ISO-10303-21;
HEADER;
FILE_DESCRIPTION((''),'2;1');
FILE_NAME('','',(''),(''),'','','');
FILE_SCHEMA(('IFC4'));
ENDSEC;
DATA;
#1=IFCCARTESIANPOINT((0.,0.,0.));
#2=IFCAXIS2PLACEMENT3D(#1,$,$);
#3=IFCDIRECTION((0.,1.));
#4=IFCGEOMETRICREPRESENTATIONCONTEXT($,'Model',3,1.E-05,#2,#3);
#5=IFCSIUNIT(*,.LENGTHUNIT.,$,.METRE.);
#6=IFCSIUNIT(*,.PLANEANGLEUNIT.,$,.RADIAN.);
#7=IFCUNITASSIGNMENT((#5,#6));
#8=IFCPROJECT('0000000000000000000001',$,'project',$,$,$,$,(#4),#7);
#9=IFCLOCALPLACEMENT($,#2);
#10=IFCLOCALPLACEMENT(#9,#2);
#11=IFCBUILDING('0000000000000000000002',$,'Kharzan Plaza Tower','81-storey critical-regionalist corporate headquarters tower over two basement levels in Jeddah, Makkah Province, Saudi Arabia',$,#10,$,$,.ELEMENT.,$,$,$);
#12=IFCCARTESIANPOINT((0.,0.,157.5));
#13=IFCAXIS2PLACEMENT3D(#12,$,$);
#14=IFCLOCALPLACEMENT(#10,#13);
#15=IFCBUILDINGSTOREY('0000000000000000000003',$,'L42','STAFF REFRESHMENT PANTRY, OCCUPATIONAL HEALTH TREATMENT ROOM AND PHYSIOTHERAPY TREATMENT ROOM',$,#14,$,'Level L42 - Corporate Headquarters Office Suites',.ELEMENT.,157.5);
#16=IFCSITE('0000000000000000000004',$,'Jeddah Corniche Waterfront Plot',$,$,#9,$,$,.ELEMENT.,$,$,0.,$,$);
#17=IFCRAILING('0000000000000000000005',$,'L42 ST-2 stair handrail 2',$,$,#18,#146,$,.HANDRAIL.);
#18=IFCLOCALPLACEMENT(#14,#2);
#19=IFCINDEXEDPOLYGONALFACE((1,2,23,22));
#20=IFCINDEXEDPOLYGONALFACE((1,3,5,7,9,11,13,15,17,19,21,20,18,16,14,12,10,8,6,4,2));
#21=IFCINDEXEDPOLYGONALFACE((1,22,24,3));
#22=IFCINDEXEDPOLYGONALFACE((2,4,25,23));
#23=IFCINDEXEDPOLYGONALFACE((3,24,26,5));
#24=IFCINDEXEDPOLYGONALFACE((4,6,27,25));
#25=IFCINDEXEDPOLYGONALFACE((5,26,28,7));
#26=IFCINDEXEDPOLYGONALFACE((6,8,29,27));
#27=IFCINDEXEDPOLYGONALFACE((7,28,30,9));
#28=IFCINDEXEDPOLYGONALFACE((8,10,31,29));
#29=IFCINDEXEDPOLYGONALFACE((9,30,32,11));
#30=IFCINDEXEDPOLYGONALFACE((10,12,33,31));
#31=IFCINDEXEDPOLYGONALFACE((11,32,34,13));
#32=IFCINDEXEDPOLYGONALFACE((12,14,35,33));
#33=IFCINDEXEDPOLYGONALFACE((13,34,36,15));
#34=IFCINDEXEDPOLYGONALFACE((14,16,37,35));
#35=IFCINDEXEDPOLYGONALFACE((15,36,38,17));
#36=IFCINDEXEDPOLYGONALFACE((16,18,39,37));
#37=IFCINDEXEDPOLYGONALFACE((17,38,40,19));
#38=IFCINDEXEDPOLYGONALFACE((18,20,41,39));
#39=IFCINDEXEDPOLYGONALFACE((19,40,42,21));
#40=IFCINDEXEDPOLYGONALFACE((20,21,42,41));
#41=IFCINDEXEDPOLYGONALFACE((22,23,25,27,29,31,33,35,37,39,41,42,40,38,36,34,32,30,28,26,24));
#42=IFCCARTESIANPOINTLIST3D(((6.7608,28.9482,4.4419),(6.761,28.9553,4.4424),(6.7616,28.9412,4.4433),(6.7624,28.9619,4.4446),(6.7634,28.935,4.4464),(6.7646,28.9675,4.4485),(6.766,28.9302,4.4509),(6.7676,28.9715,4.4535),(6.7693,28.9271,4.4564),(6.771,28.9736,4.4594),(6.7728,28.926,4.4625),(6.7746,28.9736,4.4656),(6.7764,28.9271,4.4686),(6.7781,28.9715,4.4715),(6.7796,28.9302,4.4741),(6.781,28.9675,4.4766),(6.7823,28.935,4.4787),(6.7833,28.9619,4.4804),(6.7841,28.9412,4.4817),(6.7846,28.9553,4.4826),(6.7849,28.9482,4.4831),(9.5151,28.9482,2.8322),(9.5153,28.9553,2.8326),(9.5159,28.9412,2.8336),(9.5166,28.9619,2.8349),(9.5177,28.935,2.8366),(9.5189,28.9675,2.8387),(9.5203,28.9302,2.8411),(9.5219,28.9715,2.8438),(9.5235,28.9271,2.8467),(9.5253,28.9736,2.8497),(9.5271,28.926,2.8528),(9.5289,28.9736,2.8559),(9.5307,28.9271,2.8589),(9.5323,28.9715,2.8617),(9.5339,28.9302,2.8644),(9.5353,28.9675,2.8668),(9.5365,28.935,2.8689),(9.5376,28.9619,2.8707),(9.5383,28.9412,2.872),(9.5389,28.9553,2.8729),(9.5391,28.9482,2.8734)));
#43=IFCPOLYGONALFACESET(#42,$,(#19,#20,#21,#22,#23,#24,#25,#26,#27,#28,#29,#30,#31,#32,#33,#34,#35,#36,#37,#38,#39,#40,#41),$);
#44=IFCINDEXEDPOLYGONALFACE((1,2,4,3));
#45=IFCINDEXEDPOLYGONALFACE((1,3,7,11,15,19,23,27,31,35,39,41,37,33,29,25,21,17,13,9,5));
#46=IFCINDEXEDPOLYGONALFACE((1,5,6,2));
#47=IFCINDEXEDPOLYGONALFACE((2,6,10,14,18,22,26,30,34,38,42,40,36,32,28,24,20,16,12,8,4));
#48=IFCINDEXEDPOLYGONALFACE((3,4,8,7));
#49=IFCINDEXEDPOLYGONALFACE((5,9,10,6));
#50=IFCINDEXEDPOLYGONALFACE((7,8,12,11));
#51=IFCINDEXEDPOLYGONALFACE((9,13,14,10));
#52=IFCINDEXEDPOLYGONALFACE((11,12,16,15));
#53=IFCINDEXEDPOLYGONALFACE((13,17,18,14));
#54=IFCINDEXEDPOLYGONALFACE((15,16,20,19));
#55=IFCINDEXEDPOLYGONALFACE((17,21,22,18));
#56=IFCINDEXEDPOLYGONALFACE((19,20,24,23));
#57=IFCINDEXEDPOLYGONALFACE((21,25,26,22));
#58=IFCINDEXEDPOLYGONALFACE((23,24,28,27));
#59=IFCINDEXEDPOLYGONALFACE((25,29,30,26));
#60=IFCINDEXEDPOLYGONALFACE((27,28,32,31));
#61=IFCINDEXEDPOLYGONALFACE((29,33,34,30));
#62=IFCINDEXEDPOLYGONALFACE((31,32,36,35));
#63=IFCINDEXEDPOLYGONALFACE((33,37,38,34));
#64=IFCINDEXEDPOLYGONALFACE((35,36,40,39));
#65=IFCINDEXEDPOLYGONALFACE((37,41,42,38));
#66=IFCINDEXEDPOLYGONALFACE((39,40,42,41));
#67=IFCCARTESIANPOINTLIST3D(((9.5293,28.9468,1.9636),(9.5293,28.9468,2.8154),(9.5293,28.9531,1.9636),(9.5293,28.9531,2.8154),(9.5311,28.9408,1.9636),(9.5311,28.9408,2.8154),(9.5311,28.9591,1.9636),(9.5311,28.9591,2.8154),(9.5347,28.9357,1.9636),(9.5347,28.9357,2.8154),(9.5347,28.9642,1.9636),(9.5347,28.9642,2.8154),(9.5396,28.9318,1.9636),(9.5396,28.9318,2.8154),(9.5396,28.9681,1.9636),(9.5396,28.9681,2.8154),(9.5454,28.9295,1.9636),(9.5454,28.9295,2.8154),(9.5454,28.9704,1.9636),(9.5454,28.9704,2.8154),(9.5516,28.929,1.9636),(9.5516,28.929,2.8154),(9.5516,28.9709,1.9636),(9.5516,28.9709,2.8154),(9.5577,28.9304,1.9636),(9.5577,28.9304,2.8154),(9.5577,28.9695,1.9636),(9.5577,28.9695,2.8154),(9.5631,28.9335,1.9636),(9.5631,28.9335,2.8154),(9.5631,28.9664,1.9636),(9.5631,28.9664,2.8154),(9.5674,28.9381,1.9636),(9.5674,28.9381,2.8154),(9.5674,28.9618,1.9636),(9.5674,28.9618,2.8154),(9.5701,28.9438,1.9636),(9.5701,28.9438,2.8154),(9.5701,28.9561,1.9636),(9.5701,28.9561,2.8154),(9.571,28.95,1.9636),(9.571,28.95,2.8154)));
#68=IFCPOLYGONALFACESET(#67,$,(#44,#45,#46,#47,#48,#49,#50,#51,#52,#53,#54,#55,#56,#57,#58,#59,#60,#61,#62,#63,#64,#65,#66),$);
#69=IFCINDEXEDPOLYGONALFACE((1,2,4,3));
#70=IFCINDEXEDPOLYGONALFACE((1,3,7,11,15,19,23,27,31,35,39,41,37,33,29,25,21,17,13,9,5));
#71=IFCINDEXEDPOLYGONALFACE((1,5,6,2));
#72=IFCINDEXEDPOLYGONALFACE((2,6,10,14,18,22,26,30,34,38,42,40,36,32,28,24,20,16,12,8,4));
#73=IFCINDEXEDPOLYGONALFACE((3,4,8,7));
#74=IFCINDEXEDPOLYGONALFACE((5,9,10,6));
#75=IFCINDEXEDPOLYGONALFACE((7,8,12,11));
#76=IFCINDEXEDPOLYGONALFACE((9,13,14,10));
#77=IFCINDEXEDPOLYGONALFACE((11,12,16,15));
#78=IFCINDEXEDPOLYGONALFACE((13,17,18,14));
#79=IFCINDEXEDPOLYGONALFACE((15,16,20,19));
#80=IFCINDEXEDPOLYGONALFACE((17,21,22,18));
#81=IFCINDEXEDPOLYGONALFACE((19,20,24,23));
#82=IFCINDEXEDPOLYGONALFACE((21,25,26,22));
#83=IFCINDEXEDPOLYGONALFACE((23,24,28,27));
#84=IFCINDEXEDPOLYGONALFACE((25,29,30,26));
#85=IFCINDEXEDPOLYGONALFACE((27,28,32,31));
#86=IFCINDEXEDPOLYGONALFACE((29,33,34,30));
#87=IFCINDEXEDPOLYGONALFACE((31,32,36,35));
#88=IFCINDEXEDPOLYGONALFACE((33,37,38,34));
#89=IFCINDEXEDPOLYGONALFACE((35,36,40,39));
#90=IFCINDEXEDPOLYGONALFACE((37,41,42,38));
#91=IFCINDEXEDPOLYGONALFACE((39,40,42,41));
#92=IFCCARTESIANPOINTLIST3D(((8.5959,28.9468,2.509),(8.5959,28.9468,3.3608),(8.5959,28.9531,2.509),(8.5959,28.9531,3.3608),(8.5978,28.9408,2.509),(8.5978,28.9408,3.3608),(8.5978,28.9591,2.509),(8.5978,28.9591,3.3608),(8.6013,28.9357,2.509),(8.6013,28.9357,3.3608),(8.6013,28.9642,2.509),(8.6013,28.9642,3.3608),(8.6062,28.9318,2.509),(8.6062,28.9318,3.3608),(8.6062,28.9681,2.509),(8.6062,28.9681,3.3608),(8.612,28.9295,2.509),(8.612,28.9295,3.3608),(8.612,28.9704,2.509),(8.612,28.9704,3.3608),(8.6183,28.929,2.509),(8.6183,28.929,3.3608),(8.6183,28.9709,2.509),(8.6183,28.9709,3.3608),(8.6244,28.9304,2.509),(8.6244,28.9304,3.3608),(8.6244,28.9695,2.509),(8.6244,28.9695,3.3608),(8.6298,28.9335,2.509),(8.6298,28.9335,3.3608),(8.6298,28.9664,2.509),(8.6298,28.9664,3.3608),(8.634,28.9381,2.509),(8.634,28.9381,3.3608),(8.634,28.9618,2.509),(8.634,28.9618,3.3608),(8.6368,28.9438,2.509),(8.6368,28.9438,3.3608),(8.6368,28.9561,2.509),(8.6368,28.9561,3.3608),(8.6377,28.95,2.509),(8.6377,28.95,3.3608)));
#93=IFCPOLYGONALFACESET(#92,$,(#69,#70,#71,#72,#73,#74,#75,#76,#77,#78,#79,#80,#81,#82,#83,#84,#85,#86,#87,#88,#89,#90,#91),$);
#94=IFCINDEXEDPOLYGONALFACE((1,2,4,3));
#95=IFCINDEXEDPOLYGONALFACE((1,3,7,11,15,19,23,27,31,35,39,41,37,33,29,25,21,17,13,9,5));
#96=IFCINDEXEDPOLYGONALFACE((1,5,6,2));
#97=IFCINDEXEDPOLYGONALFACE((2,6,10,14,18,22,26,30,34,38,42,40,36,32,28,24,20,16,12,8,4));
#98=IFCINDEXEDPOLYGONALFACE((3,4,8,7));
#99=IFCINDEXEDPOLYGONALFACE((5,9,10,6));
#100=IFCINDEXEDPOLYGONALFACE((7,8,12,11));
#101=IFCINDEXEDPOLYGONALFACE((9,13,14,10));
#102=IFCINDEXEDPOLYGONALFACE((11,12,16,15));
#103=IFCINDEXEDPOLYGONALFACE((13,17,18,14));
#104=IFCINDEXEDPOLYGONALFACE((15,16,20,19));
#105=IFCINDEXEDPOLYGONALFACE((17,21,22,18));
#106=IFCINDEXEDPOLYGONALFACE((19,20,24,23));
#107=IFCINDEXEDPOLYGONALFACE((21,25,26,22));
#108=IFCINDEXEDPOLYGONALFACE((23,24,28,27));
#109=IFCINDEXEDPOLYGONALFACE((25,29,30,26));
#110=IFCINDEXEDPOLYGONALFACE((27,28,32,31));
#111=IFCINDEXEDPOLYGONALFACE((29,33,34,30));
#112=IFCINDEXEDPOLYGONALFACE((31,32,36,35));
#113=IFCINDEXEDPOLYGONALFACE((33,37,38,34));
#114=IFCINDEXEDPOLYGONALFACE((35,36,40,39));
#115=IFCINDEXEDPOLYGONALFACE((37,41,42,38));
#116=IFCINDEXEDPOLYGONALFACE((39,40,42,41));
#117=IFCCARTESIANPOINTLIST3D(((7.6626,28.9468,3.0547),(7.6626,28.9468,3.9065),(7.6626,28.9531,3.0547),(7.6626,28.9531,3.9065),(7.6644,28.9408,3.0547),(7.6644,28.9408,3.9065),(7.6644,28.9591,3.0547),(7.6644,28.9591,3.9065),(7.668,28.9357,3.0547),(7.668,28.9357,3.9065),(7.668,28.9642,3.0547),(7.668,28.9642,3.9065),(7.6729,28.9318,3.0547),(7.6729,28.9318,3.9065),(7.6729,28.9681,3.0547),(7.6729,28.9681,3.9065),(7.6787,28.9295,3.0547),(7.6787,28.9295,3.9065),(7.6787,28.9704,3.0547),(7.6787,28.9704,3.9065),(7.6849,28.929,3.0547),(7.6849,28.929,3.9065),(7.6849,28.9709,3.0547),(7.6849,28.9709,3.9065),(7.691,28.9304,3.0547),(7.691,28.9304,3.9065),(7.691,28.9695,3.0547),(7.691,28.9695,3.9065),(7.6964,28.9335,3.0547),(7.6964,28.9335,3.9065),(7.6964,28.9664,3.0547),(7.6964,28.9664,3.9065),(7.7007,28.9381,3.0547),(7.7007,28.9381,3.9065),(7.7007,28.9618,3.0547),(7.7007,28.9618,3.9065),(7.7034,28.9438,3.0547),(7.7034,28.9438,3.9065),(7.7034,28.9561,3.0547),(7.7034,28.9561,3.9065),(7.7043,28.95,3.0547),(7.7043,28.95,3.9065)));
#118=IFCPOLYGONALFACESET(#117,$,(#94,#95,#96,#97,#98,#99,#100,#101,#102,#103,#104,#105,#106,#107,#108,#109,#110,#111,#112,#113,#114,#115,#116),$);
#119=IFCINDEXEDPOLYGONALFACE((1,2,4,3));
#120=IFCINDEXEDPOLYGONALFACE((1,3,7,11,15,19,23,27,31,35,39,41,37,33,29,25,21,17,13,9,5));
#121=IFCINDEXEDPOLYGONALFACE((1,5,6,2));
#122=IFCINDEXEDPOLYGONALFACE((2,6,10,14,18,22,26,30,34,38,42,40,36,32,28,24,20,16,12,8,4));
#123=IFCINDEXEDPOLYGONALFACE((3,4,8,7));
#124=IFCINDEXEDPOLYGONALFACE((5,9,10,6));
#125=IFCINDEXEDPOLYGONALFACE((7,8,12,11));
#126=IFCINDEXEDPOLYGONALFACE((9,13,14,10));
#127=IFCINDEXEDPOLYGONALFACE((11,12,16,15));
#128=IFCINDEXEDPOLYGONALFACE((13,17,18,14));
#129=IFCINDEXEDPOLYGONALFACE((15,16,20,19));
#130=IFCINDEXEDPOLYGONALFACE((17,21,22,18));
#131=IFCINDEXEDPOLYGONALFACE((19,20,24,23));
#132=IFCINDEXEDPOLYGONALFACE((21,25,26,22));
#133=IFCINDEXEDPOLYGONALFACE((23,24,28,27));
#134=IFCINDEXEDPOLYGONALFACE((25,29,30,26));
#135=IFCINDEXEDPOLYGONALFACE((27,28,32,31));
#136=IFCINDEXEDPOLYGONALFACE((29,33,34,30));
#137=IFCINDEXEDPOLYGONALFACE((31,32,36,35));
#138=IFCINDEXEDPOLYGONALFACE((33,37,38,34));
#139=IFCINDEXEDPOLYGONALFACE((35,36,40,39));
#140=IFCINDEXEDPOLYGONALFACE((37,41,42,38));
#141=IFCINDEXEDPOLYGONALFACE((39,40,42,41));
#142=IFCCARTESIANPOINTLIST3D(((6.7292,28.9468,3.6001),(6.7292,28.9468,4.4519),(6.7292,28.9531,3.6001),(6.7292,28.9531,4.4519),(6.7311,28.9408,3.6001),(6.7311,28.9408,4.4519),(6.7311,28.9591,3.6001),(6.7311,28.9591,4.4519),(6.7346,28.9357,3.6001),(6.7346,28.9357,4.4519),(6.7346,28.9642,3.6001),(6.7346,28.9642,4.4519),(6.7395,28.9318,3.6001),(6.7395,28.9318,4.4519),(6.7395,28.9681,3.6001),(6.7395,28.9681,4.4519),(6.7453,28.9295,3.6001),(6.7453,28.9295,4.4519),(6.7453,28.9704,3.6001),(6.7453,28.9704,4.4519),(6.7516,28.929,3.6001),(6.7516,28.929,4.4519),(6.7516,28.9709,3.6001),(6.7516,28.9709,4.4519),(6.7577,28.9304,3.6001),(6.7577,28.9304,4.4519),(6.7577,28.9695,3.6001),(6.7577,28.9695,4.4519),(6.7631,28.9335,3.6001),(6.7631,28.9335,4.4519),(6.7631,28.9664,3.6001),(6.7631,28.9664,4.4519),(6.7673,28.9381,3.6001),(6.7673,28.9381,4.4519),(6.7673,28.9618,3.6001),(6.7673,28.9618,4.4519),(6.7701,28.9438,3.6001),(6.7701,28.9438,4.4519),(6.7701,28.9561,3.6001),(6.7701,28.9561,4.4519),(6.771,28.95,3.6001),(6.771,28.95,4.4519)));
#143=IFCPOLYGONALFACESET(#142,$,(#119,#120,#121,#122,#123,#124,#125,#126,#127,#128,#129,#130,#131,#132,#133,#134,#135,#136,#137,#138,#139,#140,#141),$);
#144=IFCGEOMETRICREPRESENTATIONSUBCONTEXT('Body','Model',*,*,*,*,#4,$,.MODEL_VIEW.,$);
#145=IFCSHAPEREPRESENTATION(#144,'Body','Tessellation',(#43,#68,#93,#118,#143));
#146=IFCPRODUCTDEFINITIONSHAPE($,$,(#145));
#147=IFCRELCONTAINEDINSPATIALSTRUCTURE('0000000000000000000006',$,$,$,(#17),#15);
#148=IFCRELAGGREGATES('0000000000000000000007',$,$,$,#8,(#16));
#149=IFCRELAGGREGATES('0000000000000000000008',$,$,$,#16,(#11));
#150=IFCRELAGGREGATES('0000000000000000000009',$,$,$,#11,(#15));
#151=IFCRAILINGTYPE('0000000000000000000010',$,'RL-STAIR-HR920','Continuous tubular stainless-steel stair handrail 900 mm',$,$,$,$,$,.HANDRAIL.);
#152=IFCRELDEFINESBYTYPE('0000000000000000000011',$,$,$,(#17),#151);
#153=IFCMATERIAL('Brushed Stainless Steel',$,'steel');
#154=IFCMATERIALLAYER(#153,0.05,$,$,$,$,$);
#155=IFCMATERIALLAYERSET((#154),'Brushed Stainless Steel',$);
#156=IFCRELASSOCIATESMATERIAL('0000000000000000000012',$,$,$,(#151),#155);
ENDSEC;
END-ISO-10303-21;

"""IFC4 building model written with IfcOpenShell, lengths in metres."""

from ifc_helpers import new_model, si_unit, direction, frame, origin, origin_2d, place, context, subcontext, project, spatial, circle, extrude, source, transform, mapped, material, layer, layer_set, type_object, element, save


model = new_model("IFC4")

# Units and contexts
model_context = context("Model", 3, precision=1e-05, world=origin(), true_north=direction((0.0, 1.0)))
body_context = subcontext(model_context, "Body", "Model", "MODEL_VIEW")
ifc_project = project(units=[si_unit("LENGTHUNIT", "METRE"), si_unit("PLANEANGLEUNIT", "RADIAN")], contexts=[model_context])

# Site, building, storey
site_placement = place(None, origin())
site = spatial("IfcSite", under=ifc_project, at=site_placement, Name="Jeddah Corniche Waterfront Plot", CompositionType="ELEMENT", RefElevation=0.0)
building_placement = place(site_placement, origin())
building = spatial("IfcBuilding", under=site, at=building_placement, Name="Kharzan Plaza Tower", Description="81-storey critical-regionalist corporate headquarters tower over two basement levels in Jeddah, Makkah Province, Saudi Arabia", CompositionType="ELEMENT")
storey_placement = place(building_placement, frame((0.0, 0.0, 157.5)))
storey = spatial("IfcBuildingStorey", under=building, at=storey_placement, Name="L42", Description="STAFF REFRESHMENT PANTRY, OCCUPATIONAL HEALTH TREATMENT ROOM AND PHYSIOTHERAPY TREATMENT ROOM", LongName="Level L42 - Corporate Headquarters Office Suites", CompositionType="ELEMENT", Elevation=157.5)

# Shared definitions
ifc_material_1 = material(Name="Brushed Stainless Steel", Category="steel")

# Railing
ifc_layer_1 = layer(ifc_material_1, 0.05)
ifc_layer_set_1 = layer_set([ifc_layer_1], Name="Brushed Stainless Steel")
railing_type_1 = type_object("IfcRailingType", Name="RL-STAIR-HR920", Description="Continuous tubular stainless-steel stair handrail 900 mm", PredefinedType="HANDRAIL", material=ifc_layer_set_1)
shared_shape_1 = source(origin(), body_context, "Body", "SweptSolid", [
    extrude(circle(Radius=0.0239, at=origin_2d()), frame((-0.0229, 0.0, 0.8892), z_axis=(-0.863361, 0.0, 0.504587), x_axis=(0.0, -1.0, 0.0)), (0.0, 0.0, 1.0), 3.1902),
    extrude(circle(Radius=0.021, at=origin_2d()), origin(), (0.0, 0.0, 1.0), 0.8518),
    extrude(circle(Radius=0.021, at=origin_2d()), frame((-0.9333, 0.0, 0.5454)), (0.0, 0.0, 1.0), 0.8518),
    extrude(circle(Radius=0.021, at=origin_2d()), frame((-1.8667, 0.0, 1.0911)), (0.0, 0.0, 1.0), 0.8518),
    extrude(circle(Radius=0.021, at=origin_2d()), frame((-2.8, 0.0, 1.6365)), (0.0, 0.0, 1.0), 0.8518),
])
railing_1_placement = place(storey_placement, frame((9.55, 28.95, 1.9636)))
element("IfcRailing", 1, at=railing_1_placement, inside=storey, type_object=railing_type_1, Name="L42 ST-2 stair handrail 2", PredefinedType="HANDRAIL", context=body_context, shape_type="MappedRepresentation", body=[
    mapped(shared_shape_1, transform((0.0, 0.0, 0.0), x_axis=(1.0, 0.0, 0.0), y_axis=(0.0, 1.0, 0.0), z_axis=(0.0, 0.0, 1.0))),
])

save(model, "model.ifc")
